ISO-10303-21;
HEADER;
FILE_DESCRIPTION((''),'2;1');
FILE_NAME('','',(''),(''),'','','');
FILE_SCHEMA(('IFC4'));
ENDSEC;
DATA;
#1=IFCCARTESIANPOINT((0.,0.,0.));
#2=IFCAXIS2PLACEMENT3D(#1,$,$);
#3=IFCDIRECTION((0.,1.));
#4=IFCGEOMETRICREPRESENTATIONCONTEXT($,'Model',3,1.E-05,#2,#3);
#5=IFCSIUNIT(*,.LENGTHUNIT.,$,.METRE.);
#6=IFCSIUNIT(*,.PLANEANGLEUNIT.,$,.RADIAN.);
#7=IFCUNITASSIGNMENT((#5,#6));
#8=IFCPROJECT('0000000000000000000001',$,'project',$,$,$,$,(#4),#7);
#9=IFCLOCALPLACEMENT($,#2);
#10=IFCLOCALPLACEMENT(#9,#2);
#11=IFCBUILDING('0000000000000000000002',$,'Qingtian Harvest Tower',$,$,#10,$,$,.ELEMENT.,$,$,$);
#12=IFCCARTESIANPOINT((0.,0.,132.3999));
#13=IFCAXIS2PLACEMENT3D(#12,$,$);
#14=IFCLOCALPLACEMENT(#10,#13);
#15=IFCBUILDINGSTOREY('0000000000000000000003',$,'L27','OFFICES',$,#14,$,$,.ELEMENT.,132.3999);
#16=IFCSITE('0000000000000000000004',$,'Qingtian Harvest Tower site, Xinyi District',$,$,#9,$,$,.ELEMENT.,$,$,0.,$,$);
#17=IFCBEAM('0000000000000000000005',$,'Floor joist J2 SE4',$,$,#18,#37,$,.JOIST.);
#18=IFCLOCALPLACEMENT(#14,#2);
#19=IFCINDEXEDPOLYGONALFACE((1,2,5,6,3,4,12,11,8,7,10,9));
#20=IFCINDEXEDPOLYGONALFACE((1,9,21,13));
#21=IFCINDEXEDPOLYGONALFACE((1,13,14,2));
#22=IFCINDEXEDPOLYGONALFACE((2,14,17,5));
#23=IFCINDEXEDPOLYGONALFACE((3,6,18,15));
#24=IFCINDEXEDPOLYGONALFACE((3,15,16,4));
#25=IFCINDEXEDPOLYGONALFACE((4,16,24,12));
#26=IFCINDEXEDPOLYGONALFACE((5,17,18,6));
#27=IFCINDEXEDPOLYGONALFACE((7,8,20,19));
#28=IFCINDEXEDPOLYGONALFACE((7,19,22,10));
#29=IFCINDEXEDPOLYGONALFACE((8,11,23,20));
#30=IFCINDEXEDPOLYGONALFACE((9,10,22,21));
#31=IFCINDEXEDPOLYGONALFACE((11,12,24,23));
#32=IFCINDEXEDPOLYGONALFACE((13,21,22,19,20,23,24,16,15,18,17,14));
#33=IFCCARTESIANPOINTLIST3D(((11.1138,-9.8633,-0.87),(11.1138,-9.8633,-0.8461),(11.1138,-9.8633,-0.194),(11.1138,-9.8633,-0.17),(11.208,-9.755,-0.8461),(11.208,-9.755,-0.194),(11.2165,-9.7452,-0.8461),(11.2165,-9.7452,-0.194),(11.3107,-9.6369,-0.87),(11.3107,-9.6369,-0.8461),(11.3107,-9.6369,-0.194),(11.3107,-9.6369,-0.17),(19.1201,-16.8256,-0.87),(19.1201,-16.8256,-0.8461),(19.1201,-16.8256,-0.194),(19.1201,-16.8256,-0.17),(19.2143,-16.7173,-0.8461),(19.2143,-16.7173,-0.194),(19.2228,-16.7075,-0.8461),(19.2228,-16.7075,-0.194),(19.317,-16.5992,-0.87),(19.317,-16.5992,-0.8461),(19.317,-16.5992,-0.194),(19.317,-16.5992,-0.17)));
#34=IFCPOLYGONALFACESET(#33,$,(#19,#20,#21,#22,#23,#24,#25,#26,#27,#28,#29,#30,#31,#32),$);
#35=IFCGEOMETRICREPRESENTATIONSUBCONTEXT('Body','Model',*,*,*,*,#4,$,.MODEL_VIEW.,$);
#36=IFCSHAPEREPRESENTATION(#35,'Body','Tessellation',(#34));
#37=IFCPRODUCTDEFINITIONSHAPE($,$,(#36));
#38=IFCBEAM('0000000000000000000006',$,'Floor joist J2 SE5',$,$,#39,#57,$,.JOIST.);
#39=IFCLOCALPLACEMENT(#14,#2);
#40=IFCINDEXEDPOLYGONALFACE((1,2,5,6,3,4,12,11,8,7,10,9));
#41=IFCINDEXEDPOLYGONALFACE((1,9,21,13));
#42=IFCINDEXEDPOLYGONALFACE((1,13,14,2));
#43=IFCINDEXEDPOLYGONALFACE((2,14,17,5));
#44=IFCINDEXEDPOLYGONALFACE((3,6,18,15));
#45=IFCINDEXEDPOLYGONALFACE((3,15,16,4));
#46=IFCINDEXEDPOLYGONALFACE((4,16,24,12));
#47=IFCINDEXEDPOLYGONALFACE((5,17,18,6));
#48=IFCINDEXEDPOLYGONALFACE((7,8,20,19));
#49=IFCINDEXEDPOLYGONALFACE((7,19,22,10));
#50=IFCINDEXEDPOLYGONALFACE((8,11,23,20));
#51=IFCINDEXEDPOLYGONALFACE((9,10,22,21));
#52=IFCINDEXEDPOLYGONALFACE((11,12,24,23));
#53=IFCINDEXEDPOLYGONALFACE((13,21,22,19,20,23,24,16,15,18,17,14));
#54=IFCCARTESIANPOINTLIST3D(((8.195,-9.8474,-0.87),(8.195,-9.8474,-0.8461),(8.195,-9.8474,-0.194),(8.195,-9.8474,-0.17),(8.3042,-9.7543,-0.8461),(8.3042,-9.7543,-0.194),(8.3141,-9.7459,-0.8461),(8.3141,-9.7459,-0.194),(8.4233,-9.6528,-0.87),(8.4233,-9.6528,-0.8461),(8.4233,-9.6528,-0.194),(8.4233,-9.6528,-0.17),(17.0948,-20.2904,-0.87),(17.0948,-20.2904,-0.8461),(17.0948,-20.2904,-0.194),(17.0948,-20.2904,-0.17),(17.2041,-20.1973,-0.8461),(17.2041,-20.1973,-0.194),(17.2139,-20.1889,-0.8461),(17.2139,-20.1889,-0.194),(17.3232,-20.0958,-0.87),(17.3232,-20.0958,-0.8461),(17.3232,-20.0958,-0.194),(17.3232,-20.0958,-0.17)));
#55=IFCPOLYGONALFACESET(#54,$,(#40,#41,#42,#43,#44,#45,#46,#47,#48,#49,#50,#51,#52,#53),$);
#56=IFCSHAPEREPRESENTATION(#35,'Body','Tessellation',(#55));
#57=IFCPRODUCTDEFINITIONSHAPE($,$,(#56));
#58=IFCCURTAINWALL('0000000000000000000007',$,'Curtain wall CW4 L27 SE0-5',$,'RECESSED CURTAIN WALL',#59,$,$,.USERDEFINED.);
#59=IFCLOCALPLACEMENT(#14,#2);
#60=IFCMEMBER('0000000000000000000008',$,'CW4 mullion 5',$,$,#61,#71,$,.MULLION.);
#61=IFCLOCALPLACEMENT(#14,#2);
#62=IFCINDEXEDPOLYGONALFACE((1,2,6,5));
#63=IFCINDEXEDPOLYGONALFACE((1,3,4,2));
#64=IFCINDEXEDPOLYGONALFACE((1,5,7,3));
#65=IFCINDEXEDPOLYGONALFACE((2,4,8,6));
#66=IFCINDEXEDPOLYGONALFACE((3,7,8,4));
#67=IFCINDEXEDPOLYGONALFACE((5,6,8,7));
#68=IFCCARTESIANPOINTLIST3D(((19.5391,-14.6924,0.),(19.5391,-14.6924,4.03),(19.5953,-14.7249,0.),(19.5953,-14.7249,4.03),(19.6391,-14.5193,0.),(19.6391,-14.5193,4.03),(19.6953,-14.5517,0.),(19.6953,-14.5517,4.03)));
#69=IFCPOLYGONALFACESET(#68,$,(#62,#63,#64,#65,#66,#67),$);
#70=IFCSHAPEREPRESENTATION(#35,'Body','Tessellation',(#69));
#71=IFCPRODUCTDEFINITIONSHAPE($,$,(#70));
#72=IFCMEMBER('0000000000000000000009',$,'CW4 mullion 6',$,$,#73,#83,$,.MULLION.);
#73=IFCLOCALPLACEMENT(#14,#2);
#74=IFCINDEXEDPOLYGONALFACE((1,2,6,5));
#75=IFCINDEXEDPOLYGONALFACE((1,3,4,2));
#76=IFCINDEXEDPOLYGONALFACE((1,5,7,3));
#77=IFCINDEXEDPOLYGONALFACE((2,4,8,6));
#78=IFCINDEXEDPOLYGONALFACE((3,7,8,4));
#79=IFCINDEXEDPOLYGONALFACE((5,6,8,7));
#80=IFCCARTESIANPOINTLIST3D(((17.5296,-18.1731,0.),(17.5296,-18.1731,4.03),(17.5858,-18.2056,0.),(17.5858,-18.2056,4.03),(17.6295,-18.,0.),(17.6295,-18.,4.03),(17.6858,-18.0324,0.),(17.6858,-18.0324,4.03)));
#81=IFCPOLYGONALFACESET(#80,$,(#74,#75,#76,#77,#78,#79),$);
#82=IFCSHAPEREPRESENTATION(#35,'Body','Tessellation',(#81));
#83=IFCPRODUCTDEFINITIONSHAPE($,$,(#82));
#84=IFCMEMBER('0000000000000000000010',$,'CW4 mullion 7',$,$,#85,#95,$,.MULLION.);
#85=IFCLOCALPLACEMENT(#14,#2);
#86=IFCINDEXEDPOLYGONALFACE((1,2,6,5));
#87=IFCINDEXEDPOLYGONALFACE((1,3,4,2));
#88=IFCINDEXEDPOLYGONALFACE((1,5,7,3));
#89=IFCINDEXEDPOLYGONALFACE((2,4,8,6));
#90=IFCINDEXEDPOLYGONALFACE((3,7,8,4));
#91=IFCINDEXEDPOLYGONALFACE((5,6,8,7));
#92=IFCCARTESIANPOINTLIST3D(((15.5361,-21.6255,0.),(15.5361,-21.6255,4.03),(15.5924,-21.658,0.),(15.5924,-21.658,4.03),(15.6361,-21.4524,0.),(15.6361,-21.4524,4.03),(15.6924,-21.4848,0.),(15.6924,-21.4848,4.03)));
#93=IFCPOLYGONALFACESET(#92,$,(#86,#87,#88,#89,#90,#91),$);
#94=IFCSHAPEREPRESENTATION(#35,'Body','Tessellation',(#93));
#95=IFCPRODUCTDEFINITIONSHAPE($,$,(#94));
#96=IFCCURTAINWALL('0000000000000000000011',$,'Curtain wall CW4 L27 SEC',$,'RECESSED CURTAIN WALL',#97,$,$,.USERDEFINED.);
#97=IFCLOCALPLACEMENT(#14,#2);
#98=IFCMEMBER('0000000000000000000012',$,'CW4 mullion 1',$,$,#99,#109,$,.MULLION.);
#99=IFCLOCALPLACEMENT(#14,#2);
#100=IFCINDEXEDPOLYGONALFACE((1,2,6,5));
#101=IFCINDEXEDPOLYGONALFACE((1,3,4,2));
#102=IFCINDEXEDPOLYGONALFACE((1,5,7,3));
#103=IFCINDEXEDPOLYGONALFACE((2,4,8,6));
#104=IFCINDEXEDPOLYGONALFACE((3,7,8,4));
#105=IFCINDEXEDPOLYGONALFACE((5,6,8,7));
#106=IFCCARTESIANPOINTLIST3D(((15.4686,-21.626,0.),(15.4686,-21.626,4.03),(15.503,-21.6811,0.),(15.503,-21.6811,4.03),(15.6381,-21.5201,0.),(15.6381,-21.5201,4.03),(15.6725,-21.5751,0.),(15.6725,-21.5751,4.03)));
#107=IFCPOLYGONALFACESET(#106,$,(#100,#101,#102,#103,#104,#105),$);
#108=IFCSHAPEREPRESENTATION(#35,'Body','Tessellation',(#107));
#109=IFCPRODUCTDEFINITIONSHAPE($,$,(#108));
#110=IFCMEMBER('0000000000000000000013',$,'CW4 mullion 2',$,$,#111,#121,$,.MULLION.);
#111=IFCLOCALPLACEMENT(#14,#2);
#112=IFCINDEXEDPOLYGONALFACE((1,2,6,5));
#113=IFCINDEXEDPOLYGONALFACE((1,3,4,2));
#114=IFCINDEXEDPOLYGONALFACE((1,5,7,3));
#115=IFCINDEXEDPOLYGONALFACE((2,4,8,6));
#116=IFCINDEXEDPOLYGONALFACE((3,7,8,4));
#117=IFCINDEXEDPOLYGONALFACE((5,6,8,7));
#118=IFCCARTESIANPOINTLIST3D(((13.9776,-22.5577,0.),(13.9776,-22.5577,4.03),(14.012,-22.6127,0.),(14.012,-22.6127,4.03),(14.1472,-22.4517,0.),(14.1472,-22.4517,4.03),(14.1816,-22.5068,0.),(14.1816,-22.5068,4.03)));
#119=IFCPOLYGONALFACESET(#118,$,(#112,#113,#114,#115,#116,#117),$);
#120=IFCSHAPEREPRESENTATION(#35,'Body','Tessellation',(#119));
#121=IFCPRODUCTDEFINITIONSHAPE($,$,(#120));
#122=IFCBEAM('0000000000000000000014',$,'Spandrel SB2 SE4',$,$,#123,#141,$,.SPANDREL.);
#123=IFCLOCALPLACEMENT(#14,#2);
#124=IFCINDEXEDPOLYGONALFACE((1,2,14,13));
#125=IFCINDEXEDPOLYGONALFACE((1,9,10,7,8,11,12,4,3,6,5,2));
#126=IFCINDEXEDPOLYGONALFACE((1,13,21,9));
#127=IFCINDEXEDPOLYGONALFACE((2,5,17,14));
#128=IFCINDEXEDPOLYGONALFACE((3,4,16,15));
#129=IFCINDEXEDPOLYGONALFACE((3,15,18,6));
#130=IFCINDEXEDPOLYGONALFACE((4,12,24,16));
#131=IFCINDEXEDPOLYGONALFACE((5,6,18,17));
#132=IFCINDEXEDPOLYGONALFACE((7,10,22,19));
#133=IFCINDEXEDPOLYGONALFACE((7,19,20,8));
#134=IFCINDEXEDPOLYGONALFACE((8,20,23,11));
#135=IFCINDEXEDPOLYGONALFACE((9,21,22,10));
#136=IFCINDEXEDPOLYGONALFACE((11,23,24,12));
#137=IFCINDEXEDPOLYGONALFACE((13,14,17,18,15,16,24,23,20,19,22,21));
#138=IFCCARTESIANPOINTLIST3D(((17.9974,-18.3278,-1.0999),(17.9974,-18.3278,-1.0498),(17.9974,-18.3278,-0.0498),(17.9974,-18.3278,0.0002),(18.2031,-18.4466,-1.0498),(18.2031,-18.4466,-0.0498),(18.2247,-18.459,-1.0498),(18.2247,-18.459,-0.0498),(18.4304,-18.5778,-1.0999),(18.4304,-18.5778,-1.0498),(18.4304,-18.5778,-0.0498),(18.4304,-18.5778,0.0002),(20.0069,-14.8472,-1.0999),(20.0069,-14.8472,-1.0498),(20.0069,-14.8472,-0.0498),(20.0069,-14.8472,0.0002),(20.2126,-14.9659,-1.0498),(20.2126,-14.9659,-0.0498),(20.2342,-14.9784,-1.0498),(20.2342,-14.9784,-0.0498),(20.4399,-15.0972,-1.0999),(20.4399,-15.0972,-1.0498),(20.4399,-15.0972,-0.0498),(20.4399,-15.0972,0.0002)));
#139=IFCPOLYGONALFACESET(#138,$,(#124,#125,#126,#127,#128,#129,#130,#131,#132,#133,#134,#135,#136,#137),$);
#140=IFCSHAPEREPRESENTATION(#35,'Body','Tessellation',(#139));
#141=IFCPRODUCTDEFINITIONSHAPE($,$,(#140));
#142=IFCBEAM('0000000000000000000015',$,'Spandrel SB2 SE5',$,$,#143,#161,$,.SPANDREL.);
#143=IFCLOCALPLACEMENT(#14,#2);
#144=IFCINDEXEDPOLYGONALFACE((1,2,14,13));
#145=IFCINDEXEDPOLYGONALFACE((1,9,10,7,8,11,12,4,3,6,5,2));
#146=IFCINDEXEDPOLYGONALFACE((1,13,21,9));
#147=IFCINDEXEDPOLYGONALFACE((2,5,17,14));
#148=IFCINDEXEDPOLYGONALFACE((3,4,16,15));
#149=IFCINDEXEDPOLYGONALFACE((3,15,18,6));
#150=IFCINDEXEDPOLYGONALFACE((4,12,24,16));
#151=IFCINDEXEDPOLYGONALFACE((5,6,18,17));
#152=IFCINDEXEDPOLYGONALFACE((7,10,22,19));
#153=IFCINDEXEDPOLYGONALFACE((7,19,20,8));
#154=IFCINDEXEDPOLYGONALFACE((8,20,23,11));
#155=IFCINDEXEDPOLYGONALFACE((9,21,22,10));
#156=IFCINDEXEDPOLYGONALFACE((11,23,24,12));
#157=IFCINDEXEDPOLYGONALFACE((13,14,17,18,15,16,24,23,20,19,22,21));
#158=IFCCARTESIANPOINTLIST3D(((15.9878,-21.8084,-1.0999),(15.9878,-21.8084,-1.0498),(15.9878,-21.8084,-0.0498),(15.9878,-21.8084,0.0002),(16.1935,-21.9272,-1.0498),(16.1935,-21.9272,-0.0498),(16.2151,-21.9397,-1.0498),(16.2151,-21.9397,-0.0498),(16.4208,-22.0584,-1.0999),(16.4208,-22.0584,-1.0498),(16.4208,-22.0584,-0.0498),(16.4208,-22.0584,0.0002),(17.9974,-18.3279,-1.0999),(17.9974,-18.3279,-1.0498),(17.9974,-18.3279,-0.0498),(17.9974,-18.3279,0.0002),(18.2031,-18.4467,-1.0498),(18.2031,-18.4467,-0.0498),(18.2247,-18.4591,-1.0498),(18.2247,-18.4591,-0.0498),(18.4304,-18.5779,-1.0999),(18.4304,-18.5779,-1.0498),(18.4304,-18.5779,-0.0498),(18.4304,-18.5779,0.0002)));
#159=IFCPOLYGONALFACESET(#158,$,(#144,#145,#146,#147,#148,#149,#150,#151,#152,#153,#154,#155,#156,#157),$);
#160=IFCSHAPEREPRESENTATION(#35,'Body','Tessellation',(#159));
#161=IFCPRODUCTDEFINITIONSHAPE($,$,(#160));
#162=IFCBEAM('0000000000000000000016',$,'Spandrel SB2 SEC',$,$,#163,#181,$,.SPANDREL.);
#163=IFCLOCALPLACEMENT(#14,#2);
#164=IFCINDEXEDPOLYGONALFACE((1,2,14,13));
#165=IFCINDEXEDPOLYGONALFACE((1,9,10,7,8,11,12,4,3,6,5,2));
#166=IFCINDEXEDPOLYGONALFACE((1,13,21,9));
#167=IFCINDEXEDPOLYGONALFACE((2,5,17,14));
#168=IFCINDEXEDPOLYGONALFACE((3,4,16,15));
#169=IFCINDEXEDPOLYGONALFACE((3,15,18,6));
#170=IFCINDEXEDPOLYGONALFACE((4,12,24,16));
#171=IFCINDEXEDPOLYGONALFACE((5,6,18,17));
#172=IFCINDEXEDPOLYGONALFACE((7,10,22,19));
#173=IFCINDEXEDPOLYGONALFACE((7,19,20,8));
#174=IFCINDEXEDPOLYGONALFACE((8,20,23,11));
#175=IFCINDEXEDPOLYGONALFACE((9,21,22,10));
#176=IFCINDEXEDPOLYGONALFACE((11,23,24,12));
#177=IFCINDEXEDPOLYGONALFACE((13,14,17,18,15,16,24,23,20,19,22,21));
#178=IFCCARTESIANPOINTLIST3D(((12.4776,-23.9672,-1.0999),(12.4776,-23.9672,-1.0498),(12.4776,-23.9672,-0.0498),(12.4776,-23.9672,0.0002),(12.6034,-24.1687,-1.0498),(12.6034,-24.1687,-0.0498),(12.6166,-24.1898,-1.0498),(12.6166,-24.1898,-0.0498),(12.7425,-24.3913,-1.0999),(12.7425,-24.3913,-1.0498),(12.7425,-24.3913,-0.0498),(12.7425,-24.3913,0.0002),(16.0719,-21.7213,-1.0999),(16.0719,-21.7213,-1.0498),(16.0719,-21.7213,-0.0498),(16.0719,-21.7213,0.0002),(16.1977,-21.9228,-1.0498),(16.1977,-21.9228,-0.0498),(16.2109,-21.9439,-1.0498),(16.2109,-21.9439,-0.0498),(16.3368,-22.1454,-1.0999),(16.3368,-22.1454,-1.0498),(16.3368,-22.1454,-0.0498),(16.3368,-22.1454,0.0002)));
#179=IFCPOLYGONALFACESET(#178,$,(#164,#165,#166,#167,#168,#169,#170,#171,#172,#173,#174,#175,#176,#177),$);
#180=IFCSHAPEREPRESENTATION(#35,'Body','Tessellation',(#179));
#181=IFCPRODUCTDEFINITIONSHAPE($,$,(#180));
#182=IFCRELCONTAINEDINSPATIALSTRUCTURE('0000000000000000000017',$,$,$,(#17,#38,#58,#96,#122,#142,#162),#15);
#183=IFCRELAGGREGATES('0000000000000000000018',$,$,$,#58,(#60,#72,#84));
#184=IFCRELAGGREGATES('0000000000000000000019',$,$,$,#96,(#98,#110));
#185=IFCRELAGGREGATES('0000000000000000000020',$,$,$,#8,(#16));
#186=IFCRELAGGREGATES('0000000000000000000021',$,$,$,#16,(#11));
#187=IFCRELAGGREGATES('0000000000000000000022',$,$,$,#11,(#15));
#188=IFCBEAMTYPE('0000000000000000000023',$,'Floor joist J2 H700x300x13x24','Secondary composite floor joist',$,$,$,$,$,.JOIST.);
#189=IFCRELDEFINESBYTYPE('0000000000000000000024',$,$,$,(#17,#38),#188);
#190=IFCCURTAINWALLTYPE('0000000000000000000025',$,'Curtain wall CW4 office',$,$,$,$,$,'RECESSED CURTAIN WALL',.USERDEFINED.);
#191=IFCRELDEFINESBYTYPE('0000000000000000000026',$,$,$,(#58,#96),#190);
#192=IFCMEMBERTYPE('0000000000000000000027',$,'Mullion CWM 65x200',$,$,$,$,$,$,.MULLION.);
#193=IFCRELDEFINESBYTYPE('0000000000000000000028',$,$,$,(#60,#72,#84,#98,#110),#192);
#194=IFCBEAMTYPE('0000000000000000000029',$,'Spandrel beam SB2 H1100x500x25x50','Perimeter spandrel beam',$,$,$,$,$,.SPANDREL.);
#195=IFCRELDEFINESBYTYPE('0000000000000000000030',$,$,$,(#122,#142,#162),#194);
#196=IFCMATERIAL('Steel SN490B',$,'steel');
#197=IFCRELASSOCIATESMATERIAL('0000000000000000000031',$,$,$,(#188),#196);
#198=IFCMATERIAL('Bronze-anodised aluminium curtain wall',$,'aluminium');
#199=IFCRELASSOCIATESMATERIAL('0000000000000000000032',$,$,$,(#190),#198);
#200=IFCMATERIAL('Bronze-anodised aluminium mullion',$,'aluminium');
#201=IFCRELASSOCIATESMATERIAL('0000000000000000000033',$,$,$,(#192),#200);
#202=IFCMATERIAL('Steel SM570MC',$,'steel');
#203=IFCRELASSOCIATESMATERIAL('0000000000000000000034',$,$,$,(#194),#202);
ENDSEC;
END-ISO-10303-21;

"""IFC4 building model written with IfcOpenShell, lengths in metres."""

from ifc_helpers import new_model, si_unit, direction, frame, origin, origin_2d, place, context, subcontext, project, spatial, rectangle, i_section, extrude, material, material_profile, profile_set, type_object, element, aggregate, save


model = new_model("IFC4")

# Units and contexts
model_context = context("Model", 3, precision=1e-05, world=origin(), true_north=direction((0.0, 1.0)))
body_context = subcontext(model_context, "Body", "Model", "MODEL_VIEW")
ifc_project = project(units=[si_unit("LENGTHUNIT", "METRE"), si_unit("PLANEANGLEUNIT", "RADIAN")], contexts=[model_context])

# Site, building, storey
site_placement = place(None, origin())
site = spatial("IfcSite", under=ifc_project, at=site_placement, Name="Qingtian Harvest Tower site, Xinyi District", CompositionType="ELEMENT", RefElevation=0.0)
building_placement = place(site_placement, origin())
building = spatial("IfcBuilding", under=site, at=building_placement, Name="Qingtian Harvest Tower", CompositionType="ELEMENT")
storey_placement = place(building_placement, frame((0.0, 0.0, 132.3999)))
storey = spatial("IfcBuildingStorey", under=building, at=storey_placement, Name="L27", Description="OFFICES", CompositionType="ELEMENT", Elevation=132.3999)

# Beams
ifc_material_1 = material(Name="Steel SN490B", Category="steel")
ifc_material_profile_1 = material_profile(ifc_material_1, i_section(OverallWidth=0.3, OverallDepth=0.7, WebThickness=0.0129, FlangeThickness=0.0239, at=origin_2d()), Name="H700x300x13x24")
ifc_profile_set_1 = profile_set([ifc_material_profile_1], Name="Steel SN490B")
beam_type_1 = type_object("IfcBeamType", Name="Floor joist J2 H700x300x13x24", Description="Secondary composite floor joist", PredefinedType="JOIST", material=ifc_profile_set_1)
beam_1_placement = place(storey_placement, frame((19.2185, -16.7124, -0.52), z_axis=(-0.754589, 0.656198, 0.0), x_axis=(-0.656198, -0.754589, 0.0)))
element("IfcBeam", 1, at=beam_1_placement, inside=storey, type_object=beam_type_1, Name="Floor joist J2 SE4", PredefinedType="JOIST", context=body_context, shape_type="SweptSolid", body=[
    extrude(i_section(OverallWidth=0.3, OverallDepth=0.7, WebThickness=0.0129, FlangeThickness=0.0239, at=origin_2d()), origin(), (0.0, 0.0, 1.0), 10.6101),
])
beam_2_placement = place(storey_placement, frame((17.209, -20.1931, -0.52), z_axis=(-0.648632, 0.761102, 0.0), x_axis=(-0.761102, -0.648632, 0.0)))
element("IfcBeam", 2, at=beam_2_placement, inside=storey, type_object=beam_type_1, Name="Floor joist J2 SE5", PredefinedType="JOIST", context=body_context, shape_type="SweptSolid", body=[
    extrude(i_section(OverallWidth=0.3, OverallDepth=0.7, WebThickness=0.0129, FlangeThickness=0.0239, at=origin_2d()), origin(), (0.0, 0.0, 1.0), 13.7209),
])

# Curtain walls, members
ifc_material_2 = material(Name="Bronze-anodised aluminium curtain wall", Category="aluminium")
curtain_wall_type = type_object("IfcCurtainWallType", Name="Curtain wall CW4 office", ElementType="RECESSED CURTAIN WALL", PredefinedType="USERDEFINED", material=ifc_material_2)
curtain_wall_1_placement = place(storey_placement, origin())
curtain_wall_1 = element("IfcCurtainWall", 3, at=curtain_wall_1_placement, inside=storey, type_object=curtain_wall_type, Name="Curtain wall CW4 L27 SE0-5", ObjectType="RECESSED CURTAIN WALL", PredefinedType="USERDEFINED")
ifc_material_3 = material(Name="Bronze-anodised aluminium mullion", Category="aluminium")
ifc_material_profile_2 = material_profile(ifc_material_3, rectangle(XDim=0.0649, YDim=0.2, at=origin_2d()), Name="AL 65x200")
ifc_profile_set_2 = profile_set([ifc_material_profile_2], Name="Bronze-anodised aluminium mullion")
member_type_1 = type_object("IfcMemberType", Name="Mullion CWM 65x200", PredefinedType="MULLION", material=ifc_profile_set_2)
member_1_placement = place(storey_placement, frame((19.6172, -14.6221, 0.0), z_axis=(0.0, 0.0, 1.0), x_axis=(0.866025, -0.5, 0.0)))
member_1 = element("IfcMember", 4, at=member_1_placement, type_object=member_type_1, Name="CW4 mullion 5", PredefinedType="MULLION", context=body_context, shape_type="SweptSolid", body=[
    extrude(rectangle(XDim=0.0649, YDim=0.2, at=origin_2d()), origin(), (0.0, 0.0, 1.0), 4.03),
])
member_2_placement = place(storey_placement, frame((17.6077, -18.1028, 0.0), z_axis=(0.0, 0.0, 1.0), x_axis=(0.866025, -0.5, 0.0)))
member_2 = element("IfcMember", 5, at=member_2_placement, type_object=member_type_1, Name="CW4 mullion 6", PredefinedType="MULLION", context=body_context, shape_type="SweptSolid", body=[
    extrude(rectangle(XDim=0.0649, YDim=0.2, at=origin_2d()), origin(), (0.0, 0.0, 1.0), 4.03),
])
member_3_placement = place(storey_placement, frame((15.6143, -21.5552, 0.0), z_axis=(0.0, 0.0, 1.0), x_axis=(0.866025, -0.5, 0.0)))
member_3 = element("IfcMember", 6, at=member_3_placement, type_object=member_type_1, Name="CW4 mullion 7", PredefinedType="MULLION", context=body_context, shape_type="SweptSolid", body=[
    extrude(rectangle(XDim=0.0649, YDim=0.2, at=origin_2d()), origin(), (0.0, 0.0, 1.0), 4.03),
])
curtain_wall_2_placement = place(storey_placement, origin())
curtain_wall_2 = element("IfcCurtainWall", 7, at=curtain_wall_2_placement, inside=storey, type_object=curtain_wall_type, Name="Curtain wall CW4 L27 SEC", ObjectType="RECESSED CURTAIN WALL", PredefinedType="USERDEFINED")
member_4_placement = place(storey_placement, frame((15.5706, -21.6006, 0.0), z_axis=(0.0, 0.0, 1.0), x_axis=(0.529919, -0.848048, 0.0)))
member_4 = element("IfcMember", 8, at=member_4_placement, type_object=member_type_1, Name="CW4 mullion 1", PredefinedType="MULLION", context=body_context, shape_type="SweptSolid", body=[
    extrude(rectangle(XDim=0.0649, YDim=0.2, at=origin_2d()), origin(), (0.0, 0.0, 1.0), 4.03),
])
member_5_placement = place(storey_placement, frame((14.0796, -22.5322, 0.0), z_axis=(0.0, 0.0, 1.0), x_axis=(0.529919, -0.848048, 0.0)))
member_5 = element("IfcMember", 9, at=member_5_placement, type_object=member_type_1, Name="CW4 mullion 2", PredefinedType="MULLION", context=body_context, shape_type="SweptSolid", body=[
    extrude(rectangle(XDim=0.0649, YDim=0.2, at=origin_2d()), origin(), (0.0, 0.0, 1.0), 4.03),
])

# Beams
ifc_material_4 = material(Name="Steel SM570MC", Category="steel")
ifc_material_profile_3 = material_profile(ifc_material_4, i_section(OverallWidth=0.5, OverallDepth=1.1001, WebThickness=0.0249, FlangeThickness=0.05, at=origin_2d()), Name="H1100x500x25x50")
ifc_profile_set_3 = profile_set([ifc_material_profile_3], Name="Steel SM570MC")
beam_type_2 = type_object("IfcBeamType", Name="Spandrel beam SB2 H1100x500x25x50", Description="Perimeter spandrel beam", PredefinedType="SPANDREL", material=ifc_profile_set_3)
for number, where, z_axis, x_axis, name in (
    (10, (20.2234, -14.9722, -0.5498), (-0.499987, -0.866033, 0.0), (0.866033, -0.499987, 0.0), "Spandrel SB2 SE4"),
    (11, (18.2139, -18.4529, -0.5498), (-0.500013, -0.866018, 0.0), (0.866018, -0.500013, 0.0), "Spandrel SB2 SE5"),
):
    element("IfcBeam", number, at=place(storey_placement, frame(where, z_axis=z_axis, x_axis=x_axis)), inside=storey, type_object=beam_type_2, Name=name, PredefinedType="SPANDREL", context=body_context, shape_type="SweptSolid", body=[
        extrude(i_section(OverallWidth=0.5, OverallDepth=1.1001, WebThickness=0.0249, FlangeThickness=0.05, at=origin_2d()), origin(), (0.0, 0.0, 1.0), 4.019),
    ])
beam_3_placement = place(storey_placement, frame((16.2043, -21.9333, -0.5498), z_axis=(-0.848057, -0.529906, 0.0), x_axis=(0.529906, -0.848057, 0.0)))
element("IfcBeam", 12, at=beam_3_placement, inside=storey, type_object=beam_type_2, Name="Spandrel SB2 SEC", PredefinedType="SPANDREL", context=body_context, shape_type="SweptSolid", body=[
    extrude(i_section(OverallWidth=0.5, OverallDepth=1.1001, WebThickness=0.0249, FlangeThickness=0.05, at=origin_2d()), origin(), (0.0, 0.0, 1.0), 4.2383),
])

aggregate(curtain_wall_1, [member_1, member_2, member_3])
aggregate(curtain_wall_2, [member_4, member_5])

save(model, "model.ifc")
